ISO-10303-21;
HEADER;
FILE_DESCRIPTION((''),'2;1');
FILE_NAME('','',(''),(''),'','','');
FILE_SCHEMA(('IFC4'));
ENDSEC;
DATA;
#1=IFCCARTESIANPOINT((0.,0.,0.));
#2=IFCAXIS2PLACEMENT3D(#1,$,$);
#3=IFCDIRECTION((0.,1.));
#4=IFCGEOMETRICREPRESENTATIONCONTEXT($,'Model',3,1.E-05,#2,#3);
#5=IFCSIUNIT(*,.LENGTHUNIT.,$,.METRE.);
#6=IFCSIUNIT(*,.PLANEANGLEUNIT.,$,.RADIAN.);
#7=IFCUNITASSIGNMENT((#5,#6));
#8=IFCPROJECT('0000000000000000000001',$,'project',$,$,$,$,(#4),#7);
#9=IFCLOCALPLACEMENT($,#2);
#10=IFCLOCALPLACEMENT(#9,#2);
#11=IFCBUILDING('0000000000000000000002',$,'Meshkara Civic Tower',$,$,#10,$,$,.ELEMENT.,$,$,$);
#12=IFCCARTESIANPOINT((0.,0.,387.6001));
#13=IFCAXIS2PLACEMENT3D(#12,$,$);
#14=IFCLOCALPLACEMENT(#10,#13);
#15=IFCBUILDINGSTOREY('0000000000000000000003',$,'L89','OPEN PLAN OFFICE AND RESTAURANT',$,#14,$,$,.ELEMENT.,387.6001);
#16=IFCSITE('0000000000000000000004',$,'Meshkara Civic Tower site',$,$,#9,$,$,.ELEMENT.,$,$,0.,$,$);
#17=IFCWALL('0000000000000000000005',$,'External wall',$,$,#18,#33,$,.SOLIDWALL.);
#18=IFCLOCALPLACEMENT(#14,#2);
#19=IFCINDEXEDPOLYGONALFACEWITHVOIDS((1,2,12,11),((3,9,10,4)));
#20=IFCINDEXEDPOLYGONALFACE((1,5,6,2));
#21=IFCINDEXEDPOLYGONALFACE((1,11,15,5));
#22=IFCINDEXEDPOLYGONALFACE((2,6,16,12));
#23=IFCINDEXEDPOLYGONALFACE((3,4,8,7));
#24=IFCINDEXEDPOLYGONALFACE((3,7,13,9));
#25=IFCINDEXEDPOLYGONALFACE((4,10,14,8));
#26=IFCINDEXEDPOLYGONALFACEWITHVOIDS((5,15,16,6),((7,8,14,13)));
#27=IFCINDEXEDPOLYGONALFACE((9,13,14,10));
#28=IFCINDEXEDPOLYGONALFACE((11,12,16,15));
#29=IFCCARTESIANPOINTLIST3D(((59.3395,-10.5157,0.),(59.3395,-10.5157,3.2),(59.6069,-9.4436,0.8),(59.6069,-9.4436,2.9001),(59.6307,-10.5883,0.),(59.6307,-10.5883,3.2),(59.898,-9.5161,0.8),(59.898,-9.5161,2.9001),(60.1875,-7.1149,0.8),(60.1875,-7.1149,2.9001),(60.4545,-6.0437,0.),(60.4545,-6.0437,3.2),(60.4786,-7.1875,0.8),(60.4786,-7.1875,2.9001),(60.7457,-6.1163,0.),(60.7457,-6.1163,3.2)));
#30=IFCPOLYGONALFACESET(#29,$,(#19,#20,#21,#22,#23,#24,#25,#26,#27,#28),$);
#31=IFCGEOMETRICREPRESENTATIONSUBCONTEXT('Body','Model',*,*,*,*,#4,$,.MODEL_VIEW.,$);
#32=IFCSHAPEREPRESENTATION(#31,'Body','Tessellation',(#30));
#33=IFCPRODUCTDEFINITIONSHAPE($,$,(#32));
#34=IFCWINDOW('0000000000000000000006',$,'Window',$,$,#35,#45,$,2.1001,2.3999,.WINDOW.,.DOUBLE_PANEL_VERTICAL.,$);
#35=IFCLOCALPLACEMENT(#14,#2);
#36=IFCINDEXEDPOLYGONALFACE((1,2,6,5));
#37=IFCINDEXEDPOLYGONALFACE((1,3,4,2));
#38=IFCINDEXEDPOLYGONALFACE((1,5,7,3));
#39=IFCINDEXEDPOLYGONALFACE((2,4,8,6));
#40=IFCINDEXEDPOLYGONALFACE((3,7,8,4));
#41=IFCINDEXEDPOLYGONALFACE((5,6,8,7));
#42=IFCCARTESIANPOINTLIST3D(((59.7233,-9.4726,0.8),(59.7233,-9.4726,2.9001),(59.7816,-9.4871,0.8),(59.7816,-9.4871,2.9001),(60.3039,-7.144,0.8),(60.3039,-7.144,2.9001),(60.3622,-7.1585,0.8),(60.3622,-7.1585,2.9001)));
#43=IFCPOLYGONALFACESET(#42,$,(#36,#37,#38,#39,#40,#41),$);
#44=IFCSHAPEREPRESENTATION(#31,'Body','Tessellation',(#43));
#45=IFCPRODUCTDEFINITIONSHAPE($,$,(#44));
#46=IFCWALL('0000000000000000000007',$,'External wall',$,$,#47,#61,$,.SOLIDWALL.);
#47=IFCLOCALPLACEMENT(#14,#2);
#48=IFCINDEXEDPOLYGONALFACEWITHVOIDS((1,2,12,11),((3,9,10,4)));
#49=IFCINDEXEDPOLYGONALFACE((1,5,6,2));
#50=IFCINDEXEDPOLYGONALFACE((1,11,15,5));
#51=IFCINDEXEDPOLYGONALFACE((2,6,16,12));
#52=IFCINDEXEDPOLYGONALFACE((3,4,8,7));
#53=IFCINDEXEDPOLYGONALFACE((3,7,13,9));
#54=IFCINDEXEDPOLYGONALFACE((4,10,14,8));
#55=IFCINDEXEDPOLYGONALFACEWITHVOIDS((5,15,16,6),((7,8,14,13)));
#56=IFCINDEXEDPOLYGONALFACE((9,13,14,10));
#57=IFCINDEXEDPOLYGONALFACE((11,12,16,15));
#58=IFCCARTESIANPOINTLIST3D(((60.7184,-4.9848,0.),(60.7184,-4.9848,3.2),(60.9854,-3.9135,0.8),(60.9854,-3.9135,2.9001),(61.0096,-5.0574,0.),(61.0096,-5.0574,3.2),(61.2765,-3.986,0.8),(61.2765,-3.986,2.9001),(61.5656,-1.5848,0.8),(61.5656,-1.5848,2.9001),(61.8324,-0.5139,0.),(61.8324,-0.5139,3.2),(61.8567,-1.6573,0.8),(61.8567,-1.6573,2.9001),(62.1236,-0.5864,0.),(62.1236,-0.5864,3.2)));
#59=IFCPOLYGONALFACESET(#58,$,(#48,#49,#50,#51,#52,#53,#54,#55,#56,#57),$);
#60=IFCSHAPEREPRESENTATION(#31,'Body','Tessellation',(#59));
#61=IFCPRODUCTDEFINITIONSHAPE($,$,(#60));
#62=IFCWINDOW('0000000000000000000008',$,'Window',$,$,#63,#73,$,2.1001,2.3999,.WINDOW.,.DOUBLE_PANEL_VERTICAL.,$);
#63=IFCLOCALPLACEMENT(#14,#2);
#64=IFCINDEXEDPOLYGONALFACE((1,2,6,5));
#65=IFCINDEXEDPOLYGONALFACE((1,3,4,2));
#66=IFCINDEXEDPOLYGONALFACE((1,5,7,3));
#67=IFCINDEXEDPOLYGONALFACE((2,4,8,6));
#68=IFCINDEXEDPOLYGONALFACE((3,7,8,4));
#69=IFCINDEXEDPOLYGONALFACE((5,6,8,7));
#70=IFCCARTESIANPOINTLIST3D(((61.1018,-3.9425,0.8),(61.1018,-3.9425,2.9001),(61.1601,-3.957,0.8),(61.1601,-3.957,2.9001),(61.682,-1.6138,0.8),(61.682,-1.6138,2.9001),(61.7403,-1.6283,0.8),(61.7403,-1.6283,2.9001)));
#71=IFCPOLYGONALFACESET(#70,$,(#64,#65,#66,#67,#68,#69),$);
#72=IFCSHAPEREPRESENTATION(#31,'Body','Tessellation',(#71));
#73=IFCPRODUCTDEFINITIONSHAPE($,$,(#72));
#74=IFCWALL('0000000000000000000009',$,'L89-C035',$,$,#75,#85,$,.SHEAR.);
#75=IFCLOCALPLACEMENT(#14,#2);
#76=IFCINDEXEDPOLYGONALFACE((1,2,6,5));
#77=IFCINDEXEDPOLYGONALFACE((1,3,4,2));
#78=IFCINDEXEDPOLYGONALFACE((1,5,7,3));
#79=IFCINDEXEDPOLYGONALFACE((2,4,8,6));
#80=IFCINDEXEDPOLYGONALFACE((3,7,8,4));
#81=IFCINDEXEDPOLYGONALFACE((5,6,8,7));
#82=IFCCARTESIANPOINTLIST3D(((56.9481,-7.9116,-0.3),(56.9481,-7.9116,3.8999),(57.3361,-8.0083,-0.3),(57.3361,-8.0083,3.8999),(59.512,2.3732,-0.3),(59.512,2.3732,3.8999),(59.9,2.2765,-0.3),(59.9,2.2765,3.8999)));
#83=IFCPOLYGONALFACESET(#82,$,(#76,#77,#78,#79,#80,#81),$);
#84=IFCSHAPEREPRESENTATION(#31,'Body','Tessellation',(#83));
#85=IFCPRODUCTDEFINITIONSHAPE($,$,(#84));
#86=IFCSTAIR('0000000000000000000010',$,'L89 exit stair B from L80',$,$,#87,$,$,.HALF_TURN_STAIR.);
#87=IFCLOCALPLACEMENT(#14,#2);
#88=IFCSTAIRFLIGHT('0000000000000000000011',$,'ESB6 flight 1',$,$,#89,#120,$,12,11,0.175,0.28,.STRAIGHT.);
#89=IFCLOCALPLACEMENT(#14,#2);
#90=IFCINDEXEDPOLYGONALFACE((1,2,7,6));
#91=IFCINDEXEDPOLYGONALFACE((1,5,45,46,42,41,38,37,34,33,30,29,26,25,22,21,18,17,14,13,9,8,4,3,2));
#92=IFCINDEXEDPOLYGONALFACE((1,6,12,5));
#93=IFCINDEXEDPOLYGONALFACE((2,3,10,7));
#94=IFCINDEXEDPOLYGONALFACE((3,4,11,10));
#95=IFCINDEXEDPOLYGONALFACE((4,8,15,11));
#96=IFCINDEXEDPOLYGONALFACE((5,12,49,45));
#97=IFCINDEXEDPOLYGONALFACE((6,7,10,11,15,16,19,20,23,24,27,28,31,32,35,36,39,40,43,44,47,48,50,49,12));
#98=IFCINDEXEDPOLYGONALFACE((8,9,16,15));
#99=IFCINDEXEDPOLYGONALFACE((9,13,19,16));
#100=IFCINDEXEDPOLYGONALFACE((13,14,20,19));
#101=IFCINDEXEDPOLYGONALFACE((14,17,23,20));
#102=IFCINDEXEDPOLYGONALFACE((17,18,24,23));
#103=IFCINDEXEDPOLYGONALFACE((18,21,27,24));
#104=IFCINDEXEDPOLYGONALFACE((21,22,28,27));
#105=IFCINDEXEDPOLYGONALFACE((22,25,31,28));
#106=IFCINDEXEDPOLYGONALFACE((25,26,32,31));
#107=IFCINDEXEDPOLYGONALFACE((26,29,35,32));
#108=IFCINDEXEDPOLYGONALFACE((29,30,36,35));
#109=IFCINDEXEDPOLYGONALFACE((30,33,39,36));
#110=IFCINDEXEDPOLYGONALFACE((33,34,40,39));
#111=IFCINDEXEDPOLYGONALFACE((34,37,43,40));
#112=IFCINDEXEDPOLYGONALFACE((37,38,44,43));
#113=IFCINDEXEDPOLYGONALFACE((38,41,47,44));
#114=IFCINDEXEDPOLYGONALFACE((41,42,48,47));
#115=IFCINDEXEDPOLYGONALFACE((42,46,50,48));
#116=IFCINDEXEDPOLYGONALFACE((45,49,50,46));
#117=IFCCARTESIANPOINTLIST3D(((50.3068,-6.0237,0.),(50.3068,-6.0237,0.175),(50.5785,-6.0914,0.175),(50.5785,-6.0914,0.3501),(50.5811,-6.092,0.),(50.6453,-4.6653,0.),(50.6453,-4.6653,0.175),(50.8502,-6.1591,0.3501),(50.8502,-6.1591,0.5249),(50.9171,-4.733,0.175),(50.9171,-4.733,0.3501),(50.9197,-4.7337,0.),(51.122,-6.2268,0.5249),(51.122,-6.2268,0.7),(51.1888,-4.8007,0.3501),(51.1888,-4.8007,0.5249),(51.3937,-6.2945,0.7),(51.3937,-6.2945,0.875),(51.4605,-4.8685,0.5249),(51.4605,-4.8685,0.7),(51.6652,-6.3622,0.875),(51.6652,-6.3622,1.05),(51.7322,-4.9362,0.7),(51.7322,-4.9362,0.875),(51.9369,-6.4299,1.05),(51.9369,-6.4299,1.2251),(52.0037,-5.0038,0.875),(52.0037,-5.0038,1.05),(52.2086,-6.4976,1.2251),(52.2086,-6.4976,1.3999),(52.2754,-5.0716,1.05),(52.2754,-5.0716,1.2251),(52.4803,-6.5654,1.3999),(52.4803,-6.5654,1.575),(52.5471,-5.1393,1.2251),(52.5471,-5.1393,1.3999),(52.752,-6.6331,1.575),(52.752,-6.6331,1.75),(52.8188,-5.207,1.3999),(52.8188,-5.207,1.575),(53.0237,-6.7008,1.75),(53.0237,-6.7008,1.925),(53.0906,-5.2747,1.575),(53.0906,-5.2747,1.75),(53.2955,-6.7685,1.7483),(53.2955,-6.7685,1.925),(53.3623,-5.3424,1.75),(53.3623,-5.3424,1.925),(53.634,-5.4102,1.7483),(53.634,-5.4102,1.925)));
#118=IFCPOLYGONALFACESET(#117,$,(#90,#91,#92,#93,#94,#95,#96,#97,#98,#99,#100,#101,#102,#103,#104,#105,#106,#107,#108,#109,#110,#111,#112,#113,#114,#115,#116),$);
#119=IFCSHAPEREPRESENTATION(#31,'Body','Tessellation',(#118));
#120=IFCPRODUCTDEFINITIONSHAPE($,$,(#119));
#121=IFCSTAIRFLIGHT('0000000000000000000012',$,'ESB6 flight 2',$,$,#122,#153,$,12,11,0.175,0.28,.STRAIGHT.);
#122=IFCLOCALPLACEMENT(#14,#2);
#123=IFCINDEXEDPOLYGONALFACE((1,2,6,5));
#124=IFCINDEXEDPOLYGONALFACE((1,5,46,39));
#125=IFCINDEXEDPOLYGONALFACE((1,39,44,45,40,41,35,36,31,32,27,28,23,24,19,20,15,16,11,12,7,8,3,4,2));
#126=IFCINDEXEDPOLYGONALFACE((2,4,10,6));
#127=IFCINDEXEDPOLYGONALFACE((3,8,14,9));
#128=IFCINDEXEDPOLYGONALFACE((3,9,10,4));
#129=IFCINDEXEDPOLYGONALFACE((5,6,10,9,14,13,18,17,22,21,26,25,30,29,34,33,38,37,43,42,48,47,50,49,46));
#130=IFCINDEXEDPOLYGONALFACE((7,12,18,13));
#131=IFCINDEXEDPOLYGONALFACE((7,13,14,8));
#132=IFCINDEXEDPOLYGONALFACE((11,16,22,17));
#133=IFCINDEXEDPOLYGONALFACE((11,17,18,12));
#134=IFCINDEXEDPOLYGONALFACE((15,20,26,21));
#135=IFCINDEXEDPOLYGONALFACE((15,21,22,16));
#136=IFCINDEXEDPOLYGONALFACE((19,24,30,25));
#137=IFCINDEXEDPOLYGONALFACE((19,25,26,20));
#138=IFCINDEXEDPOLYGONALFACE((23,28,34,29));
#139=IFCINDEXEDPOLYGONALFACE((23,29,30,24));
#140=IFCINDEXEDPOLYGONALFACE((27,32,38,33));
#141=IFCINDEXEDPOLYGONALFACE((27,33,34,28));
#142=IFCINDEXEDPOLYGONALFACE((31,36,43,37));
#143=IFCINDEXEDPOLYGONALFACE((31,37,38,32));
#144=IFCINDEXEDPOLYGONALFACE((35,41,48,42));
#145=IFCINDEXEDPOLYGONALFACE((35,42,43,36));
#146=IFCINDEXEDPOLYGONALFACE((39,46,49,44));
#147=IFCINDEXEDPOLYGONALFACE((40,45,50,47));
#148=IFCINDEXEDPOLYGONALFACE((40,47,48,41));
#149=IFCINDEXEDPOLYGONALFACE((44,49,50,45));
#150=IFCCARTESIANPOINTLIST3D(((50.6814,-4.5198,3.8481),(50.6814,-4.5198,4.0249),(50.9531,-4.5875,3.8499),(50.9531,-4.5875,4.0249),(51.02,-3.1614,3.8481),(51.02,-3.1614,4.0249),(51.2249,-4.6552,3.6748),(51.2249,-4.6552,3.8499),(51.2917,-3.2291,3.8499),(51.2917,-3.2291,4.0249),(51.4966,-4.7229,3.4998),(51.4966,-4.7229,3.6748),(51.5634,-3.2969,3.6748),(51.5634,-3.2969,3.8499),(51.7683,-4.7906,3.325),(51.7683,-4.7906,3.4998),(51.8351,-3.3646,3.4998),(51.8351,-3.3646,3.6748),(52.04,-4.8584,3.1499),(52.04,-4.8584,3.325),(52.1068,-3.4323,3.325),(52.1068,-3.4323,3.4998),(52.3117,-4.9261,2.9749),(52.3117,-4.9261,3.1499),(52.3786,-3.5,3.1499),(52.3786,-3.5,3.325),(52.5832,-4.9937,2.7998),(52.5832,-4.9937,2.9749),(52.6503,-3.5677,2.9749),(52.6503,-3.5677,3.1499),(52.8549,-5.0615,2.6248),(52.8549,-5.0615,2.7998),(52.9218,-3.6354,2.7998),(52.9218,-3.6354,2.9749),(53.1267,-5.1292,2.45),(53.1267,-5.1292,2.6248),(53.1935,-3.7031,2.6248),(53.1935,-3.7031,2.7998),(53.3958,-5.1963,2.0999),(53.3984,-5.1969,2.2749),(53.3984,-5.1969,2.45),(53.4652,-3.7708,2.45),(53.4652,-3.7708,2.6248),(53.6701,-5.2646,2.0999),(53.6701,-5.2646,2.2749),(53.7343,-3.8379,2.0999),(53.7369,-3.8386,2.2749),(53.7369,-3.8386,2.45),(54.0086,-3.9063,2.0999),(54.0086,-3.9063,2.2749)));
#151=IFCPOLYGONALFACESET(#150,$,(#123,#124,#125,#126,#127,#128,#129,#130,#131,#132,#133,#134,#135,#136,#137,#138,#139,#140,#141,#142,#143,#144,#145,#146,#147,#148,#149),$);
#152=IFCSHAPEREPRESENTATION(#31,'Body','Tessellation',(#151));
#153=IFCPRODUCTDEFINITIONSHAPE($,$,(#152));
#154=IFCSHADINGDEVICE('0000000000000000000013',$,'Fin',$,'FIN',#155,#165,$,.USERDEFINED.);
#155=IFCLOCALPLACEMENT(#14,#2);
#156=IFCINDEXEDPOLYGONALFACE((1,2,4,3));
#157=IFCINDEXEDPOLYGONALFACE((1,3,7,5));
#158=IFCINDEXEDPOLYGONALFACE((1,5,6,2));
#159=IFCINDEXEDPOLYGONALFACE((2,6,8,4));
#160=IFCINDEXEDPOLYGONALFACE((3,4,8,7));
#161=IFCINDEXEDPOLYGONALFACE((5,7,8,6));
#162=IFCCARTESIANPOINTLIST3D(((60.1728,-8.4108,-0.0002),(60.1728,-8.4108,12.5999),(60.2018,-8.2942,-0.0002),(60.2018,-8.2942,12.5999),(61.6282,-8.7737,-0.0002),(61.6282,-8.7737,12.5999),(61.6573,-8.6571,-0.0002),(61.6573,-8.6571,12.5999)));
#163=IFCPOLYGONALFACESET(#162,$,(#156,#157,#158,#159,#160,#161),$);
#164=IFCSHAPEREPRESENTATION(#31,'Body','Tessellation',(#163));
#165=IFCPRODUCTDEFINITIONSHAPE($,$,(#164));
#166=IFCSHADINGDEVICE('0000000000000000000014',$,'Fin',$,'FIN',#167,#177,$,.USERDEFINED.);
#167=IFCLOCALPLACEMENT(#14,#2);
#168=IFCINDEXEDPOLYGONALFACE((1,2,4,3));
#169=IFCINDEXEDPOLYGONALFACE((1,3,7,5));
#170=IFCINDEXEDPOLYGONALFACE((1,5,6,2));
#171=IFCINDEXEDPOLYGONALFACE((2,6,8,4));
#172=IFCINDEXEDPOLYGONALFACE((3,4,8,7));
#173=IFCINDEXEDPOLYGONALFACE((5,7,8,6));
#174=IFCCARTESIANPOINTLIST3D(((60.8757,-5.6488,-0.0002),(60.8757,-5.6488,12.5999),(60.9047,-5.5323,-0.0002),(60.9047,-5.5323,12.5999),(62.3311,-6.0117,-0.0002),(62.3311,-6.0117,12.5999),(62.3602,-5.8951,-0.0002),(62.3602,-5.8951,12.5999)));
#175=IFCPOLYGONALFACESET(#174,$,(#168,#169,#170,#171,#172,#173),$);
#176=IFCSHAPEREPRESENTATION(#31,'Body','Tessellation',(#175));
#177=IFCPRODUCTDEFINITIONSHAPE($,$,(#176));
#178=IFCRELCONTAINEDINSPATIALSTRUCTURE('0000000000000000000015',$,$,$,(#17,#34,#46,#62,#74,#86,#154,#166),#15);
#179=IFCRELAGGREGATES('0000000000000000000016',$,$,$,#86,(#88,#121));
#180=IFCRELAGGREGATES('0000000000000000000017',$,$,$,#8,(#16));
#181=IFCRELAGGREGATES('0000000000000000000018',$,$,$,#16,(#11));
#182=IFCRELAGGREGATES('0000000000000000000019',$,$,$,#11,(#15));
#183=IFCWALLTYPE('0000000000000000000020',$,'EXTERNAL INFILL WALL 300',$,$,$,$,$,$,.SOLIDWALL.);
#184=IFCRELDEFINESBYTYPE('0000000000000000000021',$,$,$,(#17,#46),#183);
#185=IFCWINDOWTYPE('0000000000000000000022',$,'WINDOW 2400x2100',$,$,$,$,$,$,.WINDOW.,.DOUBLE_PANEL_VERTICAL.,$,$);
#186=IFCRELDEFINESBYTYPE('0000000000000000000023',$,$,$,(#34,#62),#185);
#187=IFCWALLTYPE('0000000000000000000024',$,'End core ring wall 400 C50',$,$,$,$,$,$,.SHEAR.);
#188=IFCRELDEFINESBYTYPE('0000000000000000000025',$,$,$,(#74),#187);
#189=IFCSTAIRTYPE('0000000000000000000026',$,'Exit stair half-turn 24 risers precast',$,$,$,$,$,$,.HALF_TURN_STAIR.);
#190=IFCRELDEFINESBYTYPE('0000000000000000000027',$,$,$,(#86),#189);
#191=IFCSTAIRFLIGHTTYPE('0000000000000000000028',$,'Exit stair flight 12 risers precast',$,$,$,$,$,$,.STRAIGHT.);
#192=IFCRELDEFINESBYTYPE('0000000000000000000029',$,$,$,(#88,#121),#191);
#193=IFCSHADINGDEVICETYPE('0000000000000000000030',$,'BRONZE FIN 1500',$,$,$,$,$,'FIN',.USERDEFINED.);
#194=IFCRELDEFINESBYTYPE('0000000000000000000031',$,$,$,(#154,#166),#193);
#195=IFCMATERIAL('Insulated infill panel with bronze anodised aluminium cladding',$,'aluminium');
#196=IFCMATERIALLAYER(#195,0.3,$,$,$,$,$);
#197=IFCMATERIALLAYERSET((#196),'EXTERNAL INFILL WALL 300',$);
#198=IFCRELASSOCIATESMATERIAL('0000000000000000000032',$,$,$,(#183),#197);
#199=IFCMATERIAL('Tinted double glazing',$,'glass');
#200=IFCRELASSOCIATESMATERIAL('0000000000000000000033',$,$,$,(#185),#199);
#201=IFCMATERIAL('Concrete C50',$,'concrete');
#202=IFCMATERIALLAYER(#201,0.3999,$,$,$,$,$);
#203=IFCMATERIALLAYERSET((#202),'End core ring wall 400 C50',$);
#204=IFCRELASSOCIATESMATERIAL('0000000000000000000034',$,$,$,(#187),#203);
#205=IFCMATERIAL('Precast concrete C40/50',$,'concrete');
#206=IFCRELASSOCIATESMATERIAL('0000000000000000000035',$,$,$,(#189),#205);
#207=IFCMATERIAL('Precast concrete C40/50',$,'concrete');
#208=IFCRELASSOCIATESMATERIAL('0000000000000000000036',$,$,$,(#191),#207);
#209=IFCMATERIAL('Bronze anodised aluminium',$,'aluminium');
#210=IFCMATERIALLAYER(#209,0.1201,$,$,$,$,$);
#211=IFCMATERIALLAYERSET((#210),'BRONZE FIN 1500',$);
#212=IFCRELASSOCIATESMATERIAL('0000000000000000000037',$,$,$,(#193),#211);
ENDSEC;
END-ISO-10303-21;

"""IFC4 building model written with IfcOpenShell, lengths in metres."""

from ifc_helpers import new_model, si_unit, direction, frame, frame_2d, origin, origin_2d, place, context, subcontext, project, spatial, polyline, rectangle, outline, extrude, material, layer, layer_set, type_object, element, fill, aggregate, save


model = new_model("IFC4")

# Units and contexts
model_context = context("Model", 3, precision=1e-05, world=origin(), true_north=direction((0.0, 1.0)))
body_context = subcontext(model_context, "Body", "Model", "MODEL_VIEW")
ifc_project = project(units=[si_unit("LENGTHUNIT", "METRE"), si_unit("PLANEANGLEUNIT", "RADIAN")], contexts=[model_context])

# Site, building, storey
site_placement = place(None, origin())
site = spatial("IfcSite", under=ifc_project, at=site_placement, Name="Meshkara Civic Tower site", CompositionType="ELEMENT", RefElevation=0.0)
building_placement = place(site_placement, origin())
building = spatial("IfcBuilding", under=site, at=building_placement, Name="Meshkara Civic Tower", CompositionType="ELEMENT")
storey_placement = place(building_placement, frame((0.0, 0.0, 387.6001)))
storey = spatial("IfcBuildingStorey", under=building, at=storey_placement, Name="L89", Description="OPEN PLAN OFFICE AND RESTAURANT", CompositionType="ELEMENT", Elevation=387.6001)

# Walls, openings, windows
ifc_material_1 = material(Name="Insulated infill panel with bronze anodised aluminium cladding", Category="aluminium")
ifc_layer_1 = layer(ifc_material_1, 0.3)
ifc_layer_set_1 = layer_set([ifc_layer_1], Name="EXTERNAL INFILL WALL 300")
wall_type_1 = type_object("IfcWallType", Name="EXTERNAL INFILL WALL 300", PredefinedType="SOLIDWALL", material=ifc_layer_set_1)
ifc_material_2 = material(Name="Tinted double glazing", Category="glass")
window_type = type_object("IfcWindowType", Name="WINDOW 2400x2100", PartitioningType="DOUBLE_PANEL_VERTICAL", PredefinedType="WINDOW", material=ifc_material_2)
wall_1_placement = place(storey_placement, frame((59.4851, -10.552, 0.0), z_axis=(0.0, 0.0, 1.0), x_axis=(0.241925, 0.970295, 0.0)))
wall_1 = element("IfcWall", 1, at=wall_1_placement, inside=storey, type_object=wall_type_1, Name="External wall", PredefinedType="SOLIDWALL", context=body_context, shape_type="SweptSolid", body=[
    extrude(rectangle(XDim=4.6089, YDim=0.3, at=frame_2d((2.3044, 0.0))), origin(), (0.0, 0.0, 1.0), 3.2),
])
opening_1_placement = place(wall_1_placement, frame((1.105, 0.0, 0.8)))
opening_1 = element("IfcOpeningElement", 2, at=opening_1_placement, cuts=wall_1, PredefinedType="OPENING", context=body_context, shape_type="SweptSolid", body=[
    extrude(rectangle(XDim=2.3999, YDim=2.1001, at=frame_2d((1.2, 1.05))), frame((0.0, 0.1599, 0.0), z_axis=(0.0, -1.0, 0.0), x_axis=(1.0, 0.0, 0.0)), (0.0, 0.0, 1.0), 0.3201),
])
window_1_placement = place(opening_1_placement, origin())
window_1 = element("IfcWindow", 3, at=window_1_placement, inside=storey, type_object=window_type, Name="Window", OverallHeight=2.1001, OverallWidth=2.3999, PartitioningType="DOUBLE_PANEL_VERTICAL", PredefinedType="WINDOW", context=body_context, shape_type="SweptSolid", body=[
    extrude(rectangle(XDim=2.3999, YDim=2.1001, at=frame_2d((1.2, 1.05))), frame((0.0, 0.03, 0.0), z_axis=(0.0, -1.0, 0.0), x_axis=(1.0, 0.0, 0.0)), (0.0, 0.0, 1.0), 0.0601),
])
fill(opening_1, window_1)
wall_2_placement = place(storey_placement, frame((60.864, -5.021, 0.0), z_axis=(0.0, 0.0, 1.0), x_axis=(0.241775, 0.970332, 0.0)))
wall_2 = element("IfcWall", 4, at=wall_2_placement, inside=storey, type_object=wall_type_1, Name="External wall", PredefinedType="SOLIDWALL", context=body_context, shape_type="SweptSolid", body=[
    extrude(rectangle(XDim=4.6077, YDim=0.3, at=frame_2d((2.3037, 0.0))), origin(), (0.0, 0.0, 1.0), 3.2),
])
opening_2_placement = place(wall_2_placement, frame((1.104, 0.0, 0.8)))
opening_2 = element("IfcOpeningElement", 5, at=opening_2_placement, cuts=wall_2, PredefinedType="OPENING", context=body_context, shape_type="SweptSolid", body=[
    extrude(rectangle(XDim=2.3999, YDim=2.1001, at=frame_2d((1.2, 1.05))), frame((0.0, 0.1599, 0.0), z_axis=(0.0, -1.0, 0.0), x_axis=(1.0, 0.0, 0.0)), (0.0, 0.0, 1.0), 0.3201),
])
window_2_placement = place(opening_2_placement, origin())
window_2 = element("IfcWindow", 6, at=window_2_placement, inside=storey, type_object=window_type, Name="Window", OverallHeight=2.1001, OverallWidth=2.3999, PartitioningType="DOUBLE_PANEL_VERTICAL", PredefinedType="WINDOW", context=body_context, shape_type="SweptSolid", body=[
    extrude(rectangle(XDim=2.3999, YDim=2.1001, at=frame_2d((1.2, 1.05))), frame((0.0, 0.03, 0.0), z_axis=(0.0, -1.0, 0.0), x_axis=(1.0, 0.0, 0.0)), (0.0, 0.0, 1.0), 0.0601),
])
fill(opening_2, window_2)

# Wall
ifc_material_3 = material(Name="Concrete C50", Category="concrete")
ifc_layer_2 = layer(ifc_material_3, 0.3999)
ifc_layer_set_2 = layer_set([ifc_layer_2], Name="End core ring wall 400 C50")
wall_type_2 = type_object("IfcWallType", Name="End core ring wall 400 C50", PredefinedType="SHEAR", material=ifc_layer_set_2)
wall_3_placement = place(storey_placement, frame((57.1421, -7.96, -0.3), z_axis=(0.0, 0.0, 1.0), x_axis=(0.241891, 0.970304, 0.0)))
element("IfcWall", 7, at=wall_3_placement, inside=storey, type_object=wall_type_2, Name="L89-C035", PredefinedType="SHEAR", context=body_context, shape_type="SweptSolid", body=[
    extrude(rectangle(XDim=10.5996, YDim=0.3999, at=frame_2d((5.2998, 0.0))), origin(), (0.0, 0.0, 1.0), 4.2),
])

# Stair, stair flights
ifc_material_4 = material(Name="Precast concrete C40/50", Category="concrete")
stair_type = type_object("IfcStairType", Name="Exit stair half-turn 24 risers precast", PredefinedType="HALF_TURN_STAIR", material=ifc_material_4)
stair_placement = place(storey_placement, origin())
stair = element("IfcStair", 8, at=stair_placement, inside=storey, type_object=stair_type, Name="L89 exit stair B from L80", PredefinedType="HALF_TURN_STAIR")
ifc_material_5 = material(Name="Precast concrete C40/50", Category="concrete")
stair_flight_type = type_object("IfcStairFlightType", Name="Exit stair flight 12 risers precast", PredefinedType="STRAIGHT", material=ifc_material_5)
stair_flight_1_placement = place(storey_placement, frame((50.4761, -5.3445, 0.0), z_axis=(0.0, 0.0, 1.0), x_axis=(0.970319, -0.24183, 0.0)))
stair_flight_1 = element("IfcStairFlight", 9, at=stair_flight_1_placement, type_object=stair_flight_type, Name="ESB6 flight 1", NumberOfRisers=12, NumberOfTreads=11, PredefinedType="STRAIGHT", RiserHeight=0.175, TreadLength=0.28, context=body_context, shape_type="SweptSolid", body=[
    extrude(outline(polyline([(0.0, 0.0), (0.0, 0.175), (0.28, 0.175), (0.28, 0.3501), (0.5601, 0.3501), (0.5601, 0.5249), (0.8401, 0.5249), (0.8401, 0.7), (1.1201, 0.7), (1.1201, 0.875), (1.3999, 0.875), (1.3999, 1.05), (1.6799, 1.05), (1.6799, 1.2251), (1.96, 1.2251), (1.96, 1.3999), (2.24, 1.3999), (2.24, 1.575), (2.52, 1.575), (2.52, 1.75), (2.8, 1.75), (2.8, 1.925), (3.0801, 1.925), (3.0801, 2.1001), (3.0801, 1.7483), (0.2827, 0.0), (0.0, 0.0)])), frame((0.0, 0.7, 0.0), z_axis=(0.0, -1.0, 0.0), x_axis=(1.0, 0.0, 0.0)), (0.0, 0.0, 1.0), 1.3999),
])
stair_flight_2_placement = place(storey_placement, frame((53.8394, -4.5854, 2.0999), z_axis=(0.0, 0.0, 1.0), x_axis=(-0.970319, 0.24183, 0.0)))
stair_flight_2 = element("IfcStairFlight", 10, at=stair_flight_2_placement, type_object=stair_flight_type, Name="ESB6 flight 2", NumberOfRisers=12, NumberOfTreads=11, PredefinedType="STRAIGHT", RiserHeight=0.175, TreadLength=0.28, context=body_context, shape_type="SweptSolid", body=[
    extrude(outline(polyline([(0.0, 0.0), (0.0, 0.175), (0.28, 0.175), (0.28, 0.3501), (0.5601, 0.3501), (0.5601, 0.5249), (0.8401, 0.5249), (0.8401, 0.7), (1.1201, 0.7), (1.1201, 0.875), (1.3999, 0.875), (1.3999, 1.05), (1.6799, 1.05), (1.6799, 1.2251), (1.96, 1.2251), (1.96, 1.3999), (2.24, 1.3999), (2.24, 1.575), (2.52, 1.575), (2.52, 1.75), (2.8, 1.75), (2.8, 1.925), (3.0801, 1.925), (3.0801, 2.1001), (3.0801, 1.7483), (0.2827, 0.0), (0.0, 0.0)])), frame((0.0, 0.7, 0.0), z_axis=(0.0, -1.0, 0.0), x_axis=(1.0, 0.0, 0.0)), (0.0, 0.0, 1.0), 1.3999),
])
aggregate(stair, [stair_flight_1, stair_flight_2])

# Shading devices
ifc_material_6 = material(Name="Bronze anodised aluminium", Category="aluminium")
ifc_layer_3 = layer(ifc_material_6, 0.1201)
ifc_layer_set_3 = layer_set([ifc_layer_3], Name="BRONZE FIN 1500")
shading_device_type = type_object("IfcShadingDeviceType", Name="BRONZE FIN 1500", ElementType="FIN", PredefinedType="USERDEFINED", material=ifc_layer_set_3)
for number, where, z_axis, x_axis, name in (
    (11, (60.915, -8.5339, -0.0002), (0.0, 0.0, 1.0), (0.241922, 0.970296, 0.0), "Fin"),
    (12, (61.6179, -5.772, -0.0002), (0.0, 0.0, 1.0), (0.241922, 0.970296, 0.0), "Fin"),
):
    element("IfcShadingDevice", number, at=place(storey_placement, frame(where, z_axis=z_axis, x_axis=x_axis)), inside=storey, type_object=shading_device_type, Name=name, ObjectType="FIN", PredefinedType="USERDEFINED", context=body_context, shape_type="SweptSolid", body=[
        extrude(rectangle(XDim=0.1201, YDim=1.5, at=origin_2d()), origin(), (0.0, 0.0, 1.0), 12.6001),
    ])

save(model, "model.ifc")
